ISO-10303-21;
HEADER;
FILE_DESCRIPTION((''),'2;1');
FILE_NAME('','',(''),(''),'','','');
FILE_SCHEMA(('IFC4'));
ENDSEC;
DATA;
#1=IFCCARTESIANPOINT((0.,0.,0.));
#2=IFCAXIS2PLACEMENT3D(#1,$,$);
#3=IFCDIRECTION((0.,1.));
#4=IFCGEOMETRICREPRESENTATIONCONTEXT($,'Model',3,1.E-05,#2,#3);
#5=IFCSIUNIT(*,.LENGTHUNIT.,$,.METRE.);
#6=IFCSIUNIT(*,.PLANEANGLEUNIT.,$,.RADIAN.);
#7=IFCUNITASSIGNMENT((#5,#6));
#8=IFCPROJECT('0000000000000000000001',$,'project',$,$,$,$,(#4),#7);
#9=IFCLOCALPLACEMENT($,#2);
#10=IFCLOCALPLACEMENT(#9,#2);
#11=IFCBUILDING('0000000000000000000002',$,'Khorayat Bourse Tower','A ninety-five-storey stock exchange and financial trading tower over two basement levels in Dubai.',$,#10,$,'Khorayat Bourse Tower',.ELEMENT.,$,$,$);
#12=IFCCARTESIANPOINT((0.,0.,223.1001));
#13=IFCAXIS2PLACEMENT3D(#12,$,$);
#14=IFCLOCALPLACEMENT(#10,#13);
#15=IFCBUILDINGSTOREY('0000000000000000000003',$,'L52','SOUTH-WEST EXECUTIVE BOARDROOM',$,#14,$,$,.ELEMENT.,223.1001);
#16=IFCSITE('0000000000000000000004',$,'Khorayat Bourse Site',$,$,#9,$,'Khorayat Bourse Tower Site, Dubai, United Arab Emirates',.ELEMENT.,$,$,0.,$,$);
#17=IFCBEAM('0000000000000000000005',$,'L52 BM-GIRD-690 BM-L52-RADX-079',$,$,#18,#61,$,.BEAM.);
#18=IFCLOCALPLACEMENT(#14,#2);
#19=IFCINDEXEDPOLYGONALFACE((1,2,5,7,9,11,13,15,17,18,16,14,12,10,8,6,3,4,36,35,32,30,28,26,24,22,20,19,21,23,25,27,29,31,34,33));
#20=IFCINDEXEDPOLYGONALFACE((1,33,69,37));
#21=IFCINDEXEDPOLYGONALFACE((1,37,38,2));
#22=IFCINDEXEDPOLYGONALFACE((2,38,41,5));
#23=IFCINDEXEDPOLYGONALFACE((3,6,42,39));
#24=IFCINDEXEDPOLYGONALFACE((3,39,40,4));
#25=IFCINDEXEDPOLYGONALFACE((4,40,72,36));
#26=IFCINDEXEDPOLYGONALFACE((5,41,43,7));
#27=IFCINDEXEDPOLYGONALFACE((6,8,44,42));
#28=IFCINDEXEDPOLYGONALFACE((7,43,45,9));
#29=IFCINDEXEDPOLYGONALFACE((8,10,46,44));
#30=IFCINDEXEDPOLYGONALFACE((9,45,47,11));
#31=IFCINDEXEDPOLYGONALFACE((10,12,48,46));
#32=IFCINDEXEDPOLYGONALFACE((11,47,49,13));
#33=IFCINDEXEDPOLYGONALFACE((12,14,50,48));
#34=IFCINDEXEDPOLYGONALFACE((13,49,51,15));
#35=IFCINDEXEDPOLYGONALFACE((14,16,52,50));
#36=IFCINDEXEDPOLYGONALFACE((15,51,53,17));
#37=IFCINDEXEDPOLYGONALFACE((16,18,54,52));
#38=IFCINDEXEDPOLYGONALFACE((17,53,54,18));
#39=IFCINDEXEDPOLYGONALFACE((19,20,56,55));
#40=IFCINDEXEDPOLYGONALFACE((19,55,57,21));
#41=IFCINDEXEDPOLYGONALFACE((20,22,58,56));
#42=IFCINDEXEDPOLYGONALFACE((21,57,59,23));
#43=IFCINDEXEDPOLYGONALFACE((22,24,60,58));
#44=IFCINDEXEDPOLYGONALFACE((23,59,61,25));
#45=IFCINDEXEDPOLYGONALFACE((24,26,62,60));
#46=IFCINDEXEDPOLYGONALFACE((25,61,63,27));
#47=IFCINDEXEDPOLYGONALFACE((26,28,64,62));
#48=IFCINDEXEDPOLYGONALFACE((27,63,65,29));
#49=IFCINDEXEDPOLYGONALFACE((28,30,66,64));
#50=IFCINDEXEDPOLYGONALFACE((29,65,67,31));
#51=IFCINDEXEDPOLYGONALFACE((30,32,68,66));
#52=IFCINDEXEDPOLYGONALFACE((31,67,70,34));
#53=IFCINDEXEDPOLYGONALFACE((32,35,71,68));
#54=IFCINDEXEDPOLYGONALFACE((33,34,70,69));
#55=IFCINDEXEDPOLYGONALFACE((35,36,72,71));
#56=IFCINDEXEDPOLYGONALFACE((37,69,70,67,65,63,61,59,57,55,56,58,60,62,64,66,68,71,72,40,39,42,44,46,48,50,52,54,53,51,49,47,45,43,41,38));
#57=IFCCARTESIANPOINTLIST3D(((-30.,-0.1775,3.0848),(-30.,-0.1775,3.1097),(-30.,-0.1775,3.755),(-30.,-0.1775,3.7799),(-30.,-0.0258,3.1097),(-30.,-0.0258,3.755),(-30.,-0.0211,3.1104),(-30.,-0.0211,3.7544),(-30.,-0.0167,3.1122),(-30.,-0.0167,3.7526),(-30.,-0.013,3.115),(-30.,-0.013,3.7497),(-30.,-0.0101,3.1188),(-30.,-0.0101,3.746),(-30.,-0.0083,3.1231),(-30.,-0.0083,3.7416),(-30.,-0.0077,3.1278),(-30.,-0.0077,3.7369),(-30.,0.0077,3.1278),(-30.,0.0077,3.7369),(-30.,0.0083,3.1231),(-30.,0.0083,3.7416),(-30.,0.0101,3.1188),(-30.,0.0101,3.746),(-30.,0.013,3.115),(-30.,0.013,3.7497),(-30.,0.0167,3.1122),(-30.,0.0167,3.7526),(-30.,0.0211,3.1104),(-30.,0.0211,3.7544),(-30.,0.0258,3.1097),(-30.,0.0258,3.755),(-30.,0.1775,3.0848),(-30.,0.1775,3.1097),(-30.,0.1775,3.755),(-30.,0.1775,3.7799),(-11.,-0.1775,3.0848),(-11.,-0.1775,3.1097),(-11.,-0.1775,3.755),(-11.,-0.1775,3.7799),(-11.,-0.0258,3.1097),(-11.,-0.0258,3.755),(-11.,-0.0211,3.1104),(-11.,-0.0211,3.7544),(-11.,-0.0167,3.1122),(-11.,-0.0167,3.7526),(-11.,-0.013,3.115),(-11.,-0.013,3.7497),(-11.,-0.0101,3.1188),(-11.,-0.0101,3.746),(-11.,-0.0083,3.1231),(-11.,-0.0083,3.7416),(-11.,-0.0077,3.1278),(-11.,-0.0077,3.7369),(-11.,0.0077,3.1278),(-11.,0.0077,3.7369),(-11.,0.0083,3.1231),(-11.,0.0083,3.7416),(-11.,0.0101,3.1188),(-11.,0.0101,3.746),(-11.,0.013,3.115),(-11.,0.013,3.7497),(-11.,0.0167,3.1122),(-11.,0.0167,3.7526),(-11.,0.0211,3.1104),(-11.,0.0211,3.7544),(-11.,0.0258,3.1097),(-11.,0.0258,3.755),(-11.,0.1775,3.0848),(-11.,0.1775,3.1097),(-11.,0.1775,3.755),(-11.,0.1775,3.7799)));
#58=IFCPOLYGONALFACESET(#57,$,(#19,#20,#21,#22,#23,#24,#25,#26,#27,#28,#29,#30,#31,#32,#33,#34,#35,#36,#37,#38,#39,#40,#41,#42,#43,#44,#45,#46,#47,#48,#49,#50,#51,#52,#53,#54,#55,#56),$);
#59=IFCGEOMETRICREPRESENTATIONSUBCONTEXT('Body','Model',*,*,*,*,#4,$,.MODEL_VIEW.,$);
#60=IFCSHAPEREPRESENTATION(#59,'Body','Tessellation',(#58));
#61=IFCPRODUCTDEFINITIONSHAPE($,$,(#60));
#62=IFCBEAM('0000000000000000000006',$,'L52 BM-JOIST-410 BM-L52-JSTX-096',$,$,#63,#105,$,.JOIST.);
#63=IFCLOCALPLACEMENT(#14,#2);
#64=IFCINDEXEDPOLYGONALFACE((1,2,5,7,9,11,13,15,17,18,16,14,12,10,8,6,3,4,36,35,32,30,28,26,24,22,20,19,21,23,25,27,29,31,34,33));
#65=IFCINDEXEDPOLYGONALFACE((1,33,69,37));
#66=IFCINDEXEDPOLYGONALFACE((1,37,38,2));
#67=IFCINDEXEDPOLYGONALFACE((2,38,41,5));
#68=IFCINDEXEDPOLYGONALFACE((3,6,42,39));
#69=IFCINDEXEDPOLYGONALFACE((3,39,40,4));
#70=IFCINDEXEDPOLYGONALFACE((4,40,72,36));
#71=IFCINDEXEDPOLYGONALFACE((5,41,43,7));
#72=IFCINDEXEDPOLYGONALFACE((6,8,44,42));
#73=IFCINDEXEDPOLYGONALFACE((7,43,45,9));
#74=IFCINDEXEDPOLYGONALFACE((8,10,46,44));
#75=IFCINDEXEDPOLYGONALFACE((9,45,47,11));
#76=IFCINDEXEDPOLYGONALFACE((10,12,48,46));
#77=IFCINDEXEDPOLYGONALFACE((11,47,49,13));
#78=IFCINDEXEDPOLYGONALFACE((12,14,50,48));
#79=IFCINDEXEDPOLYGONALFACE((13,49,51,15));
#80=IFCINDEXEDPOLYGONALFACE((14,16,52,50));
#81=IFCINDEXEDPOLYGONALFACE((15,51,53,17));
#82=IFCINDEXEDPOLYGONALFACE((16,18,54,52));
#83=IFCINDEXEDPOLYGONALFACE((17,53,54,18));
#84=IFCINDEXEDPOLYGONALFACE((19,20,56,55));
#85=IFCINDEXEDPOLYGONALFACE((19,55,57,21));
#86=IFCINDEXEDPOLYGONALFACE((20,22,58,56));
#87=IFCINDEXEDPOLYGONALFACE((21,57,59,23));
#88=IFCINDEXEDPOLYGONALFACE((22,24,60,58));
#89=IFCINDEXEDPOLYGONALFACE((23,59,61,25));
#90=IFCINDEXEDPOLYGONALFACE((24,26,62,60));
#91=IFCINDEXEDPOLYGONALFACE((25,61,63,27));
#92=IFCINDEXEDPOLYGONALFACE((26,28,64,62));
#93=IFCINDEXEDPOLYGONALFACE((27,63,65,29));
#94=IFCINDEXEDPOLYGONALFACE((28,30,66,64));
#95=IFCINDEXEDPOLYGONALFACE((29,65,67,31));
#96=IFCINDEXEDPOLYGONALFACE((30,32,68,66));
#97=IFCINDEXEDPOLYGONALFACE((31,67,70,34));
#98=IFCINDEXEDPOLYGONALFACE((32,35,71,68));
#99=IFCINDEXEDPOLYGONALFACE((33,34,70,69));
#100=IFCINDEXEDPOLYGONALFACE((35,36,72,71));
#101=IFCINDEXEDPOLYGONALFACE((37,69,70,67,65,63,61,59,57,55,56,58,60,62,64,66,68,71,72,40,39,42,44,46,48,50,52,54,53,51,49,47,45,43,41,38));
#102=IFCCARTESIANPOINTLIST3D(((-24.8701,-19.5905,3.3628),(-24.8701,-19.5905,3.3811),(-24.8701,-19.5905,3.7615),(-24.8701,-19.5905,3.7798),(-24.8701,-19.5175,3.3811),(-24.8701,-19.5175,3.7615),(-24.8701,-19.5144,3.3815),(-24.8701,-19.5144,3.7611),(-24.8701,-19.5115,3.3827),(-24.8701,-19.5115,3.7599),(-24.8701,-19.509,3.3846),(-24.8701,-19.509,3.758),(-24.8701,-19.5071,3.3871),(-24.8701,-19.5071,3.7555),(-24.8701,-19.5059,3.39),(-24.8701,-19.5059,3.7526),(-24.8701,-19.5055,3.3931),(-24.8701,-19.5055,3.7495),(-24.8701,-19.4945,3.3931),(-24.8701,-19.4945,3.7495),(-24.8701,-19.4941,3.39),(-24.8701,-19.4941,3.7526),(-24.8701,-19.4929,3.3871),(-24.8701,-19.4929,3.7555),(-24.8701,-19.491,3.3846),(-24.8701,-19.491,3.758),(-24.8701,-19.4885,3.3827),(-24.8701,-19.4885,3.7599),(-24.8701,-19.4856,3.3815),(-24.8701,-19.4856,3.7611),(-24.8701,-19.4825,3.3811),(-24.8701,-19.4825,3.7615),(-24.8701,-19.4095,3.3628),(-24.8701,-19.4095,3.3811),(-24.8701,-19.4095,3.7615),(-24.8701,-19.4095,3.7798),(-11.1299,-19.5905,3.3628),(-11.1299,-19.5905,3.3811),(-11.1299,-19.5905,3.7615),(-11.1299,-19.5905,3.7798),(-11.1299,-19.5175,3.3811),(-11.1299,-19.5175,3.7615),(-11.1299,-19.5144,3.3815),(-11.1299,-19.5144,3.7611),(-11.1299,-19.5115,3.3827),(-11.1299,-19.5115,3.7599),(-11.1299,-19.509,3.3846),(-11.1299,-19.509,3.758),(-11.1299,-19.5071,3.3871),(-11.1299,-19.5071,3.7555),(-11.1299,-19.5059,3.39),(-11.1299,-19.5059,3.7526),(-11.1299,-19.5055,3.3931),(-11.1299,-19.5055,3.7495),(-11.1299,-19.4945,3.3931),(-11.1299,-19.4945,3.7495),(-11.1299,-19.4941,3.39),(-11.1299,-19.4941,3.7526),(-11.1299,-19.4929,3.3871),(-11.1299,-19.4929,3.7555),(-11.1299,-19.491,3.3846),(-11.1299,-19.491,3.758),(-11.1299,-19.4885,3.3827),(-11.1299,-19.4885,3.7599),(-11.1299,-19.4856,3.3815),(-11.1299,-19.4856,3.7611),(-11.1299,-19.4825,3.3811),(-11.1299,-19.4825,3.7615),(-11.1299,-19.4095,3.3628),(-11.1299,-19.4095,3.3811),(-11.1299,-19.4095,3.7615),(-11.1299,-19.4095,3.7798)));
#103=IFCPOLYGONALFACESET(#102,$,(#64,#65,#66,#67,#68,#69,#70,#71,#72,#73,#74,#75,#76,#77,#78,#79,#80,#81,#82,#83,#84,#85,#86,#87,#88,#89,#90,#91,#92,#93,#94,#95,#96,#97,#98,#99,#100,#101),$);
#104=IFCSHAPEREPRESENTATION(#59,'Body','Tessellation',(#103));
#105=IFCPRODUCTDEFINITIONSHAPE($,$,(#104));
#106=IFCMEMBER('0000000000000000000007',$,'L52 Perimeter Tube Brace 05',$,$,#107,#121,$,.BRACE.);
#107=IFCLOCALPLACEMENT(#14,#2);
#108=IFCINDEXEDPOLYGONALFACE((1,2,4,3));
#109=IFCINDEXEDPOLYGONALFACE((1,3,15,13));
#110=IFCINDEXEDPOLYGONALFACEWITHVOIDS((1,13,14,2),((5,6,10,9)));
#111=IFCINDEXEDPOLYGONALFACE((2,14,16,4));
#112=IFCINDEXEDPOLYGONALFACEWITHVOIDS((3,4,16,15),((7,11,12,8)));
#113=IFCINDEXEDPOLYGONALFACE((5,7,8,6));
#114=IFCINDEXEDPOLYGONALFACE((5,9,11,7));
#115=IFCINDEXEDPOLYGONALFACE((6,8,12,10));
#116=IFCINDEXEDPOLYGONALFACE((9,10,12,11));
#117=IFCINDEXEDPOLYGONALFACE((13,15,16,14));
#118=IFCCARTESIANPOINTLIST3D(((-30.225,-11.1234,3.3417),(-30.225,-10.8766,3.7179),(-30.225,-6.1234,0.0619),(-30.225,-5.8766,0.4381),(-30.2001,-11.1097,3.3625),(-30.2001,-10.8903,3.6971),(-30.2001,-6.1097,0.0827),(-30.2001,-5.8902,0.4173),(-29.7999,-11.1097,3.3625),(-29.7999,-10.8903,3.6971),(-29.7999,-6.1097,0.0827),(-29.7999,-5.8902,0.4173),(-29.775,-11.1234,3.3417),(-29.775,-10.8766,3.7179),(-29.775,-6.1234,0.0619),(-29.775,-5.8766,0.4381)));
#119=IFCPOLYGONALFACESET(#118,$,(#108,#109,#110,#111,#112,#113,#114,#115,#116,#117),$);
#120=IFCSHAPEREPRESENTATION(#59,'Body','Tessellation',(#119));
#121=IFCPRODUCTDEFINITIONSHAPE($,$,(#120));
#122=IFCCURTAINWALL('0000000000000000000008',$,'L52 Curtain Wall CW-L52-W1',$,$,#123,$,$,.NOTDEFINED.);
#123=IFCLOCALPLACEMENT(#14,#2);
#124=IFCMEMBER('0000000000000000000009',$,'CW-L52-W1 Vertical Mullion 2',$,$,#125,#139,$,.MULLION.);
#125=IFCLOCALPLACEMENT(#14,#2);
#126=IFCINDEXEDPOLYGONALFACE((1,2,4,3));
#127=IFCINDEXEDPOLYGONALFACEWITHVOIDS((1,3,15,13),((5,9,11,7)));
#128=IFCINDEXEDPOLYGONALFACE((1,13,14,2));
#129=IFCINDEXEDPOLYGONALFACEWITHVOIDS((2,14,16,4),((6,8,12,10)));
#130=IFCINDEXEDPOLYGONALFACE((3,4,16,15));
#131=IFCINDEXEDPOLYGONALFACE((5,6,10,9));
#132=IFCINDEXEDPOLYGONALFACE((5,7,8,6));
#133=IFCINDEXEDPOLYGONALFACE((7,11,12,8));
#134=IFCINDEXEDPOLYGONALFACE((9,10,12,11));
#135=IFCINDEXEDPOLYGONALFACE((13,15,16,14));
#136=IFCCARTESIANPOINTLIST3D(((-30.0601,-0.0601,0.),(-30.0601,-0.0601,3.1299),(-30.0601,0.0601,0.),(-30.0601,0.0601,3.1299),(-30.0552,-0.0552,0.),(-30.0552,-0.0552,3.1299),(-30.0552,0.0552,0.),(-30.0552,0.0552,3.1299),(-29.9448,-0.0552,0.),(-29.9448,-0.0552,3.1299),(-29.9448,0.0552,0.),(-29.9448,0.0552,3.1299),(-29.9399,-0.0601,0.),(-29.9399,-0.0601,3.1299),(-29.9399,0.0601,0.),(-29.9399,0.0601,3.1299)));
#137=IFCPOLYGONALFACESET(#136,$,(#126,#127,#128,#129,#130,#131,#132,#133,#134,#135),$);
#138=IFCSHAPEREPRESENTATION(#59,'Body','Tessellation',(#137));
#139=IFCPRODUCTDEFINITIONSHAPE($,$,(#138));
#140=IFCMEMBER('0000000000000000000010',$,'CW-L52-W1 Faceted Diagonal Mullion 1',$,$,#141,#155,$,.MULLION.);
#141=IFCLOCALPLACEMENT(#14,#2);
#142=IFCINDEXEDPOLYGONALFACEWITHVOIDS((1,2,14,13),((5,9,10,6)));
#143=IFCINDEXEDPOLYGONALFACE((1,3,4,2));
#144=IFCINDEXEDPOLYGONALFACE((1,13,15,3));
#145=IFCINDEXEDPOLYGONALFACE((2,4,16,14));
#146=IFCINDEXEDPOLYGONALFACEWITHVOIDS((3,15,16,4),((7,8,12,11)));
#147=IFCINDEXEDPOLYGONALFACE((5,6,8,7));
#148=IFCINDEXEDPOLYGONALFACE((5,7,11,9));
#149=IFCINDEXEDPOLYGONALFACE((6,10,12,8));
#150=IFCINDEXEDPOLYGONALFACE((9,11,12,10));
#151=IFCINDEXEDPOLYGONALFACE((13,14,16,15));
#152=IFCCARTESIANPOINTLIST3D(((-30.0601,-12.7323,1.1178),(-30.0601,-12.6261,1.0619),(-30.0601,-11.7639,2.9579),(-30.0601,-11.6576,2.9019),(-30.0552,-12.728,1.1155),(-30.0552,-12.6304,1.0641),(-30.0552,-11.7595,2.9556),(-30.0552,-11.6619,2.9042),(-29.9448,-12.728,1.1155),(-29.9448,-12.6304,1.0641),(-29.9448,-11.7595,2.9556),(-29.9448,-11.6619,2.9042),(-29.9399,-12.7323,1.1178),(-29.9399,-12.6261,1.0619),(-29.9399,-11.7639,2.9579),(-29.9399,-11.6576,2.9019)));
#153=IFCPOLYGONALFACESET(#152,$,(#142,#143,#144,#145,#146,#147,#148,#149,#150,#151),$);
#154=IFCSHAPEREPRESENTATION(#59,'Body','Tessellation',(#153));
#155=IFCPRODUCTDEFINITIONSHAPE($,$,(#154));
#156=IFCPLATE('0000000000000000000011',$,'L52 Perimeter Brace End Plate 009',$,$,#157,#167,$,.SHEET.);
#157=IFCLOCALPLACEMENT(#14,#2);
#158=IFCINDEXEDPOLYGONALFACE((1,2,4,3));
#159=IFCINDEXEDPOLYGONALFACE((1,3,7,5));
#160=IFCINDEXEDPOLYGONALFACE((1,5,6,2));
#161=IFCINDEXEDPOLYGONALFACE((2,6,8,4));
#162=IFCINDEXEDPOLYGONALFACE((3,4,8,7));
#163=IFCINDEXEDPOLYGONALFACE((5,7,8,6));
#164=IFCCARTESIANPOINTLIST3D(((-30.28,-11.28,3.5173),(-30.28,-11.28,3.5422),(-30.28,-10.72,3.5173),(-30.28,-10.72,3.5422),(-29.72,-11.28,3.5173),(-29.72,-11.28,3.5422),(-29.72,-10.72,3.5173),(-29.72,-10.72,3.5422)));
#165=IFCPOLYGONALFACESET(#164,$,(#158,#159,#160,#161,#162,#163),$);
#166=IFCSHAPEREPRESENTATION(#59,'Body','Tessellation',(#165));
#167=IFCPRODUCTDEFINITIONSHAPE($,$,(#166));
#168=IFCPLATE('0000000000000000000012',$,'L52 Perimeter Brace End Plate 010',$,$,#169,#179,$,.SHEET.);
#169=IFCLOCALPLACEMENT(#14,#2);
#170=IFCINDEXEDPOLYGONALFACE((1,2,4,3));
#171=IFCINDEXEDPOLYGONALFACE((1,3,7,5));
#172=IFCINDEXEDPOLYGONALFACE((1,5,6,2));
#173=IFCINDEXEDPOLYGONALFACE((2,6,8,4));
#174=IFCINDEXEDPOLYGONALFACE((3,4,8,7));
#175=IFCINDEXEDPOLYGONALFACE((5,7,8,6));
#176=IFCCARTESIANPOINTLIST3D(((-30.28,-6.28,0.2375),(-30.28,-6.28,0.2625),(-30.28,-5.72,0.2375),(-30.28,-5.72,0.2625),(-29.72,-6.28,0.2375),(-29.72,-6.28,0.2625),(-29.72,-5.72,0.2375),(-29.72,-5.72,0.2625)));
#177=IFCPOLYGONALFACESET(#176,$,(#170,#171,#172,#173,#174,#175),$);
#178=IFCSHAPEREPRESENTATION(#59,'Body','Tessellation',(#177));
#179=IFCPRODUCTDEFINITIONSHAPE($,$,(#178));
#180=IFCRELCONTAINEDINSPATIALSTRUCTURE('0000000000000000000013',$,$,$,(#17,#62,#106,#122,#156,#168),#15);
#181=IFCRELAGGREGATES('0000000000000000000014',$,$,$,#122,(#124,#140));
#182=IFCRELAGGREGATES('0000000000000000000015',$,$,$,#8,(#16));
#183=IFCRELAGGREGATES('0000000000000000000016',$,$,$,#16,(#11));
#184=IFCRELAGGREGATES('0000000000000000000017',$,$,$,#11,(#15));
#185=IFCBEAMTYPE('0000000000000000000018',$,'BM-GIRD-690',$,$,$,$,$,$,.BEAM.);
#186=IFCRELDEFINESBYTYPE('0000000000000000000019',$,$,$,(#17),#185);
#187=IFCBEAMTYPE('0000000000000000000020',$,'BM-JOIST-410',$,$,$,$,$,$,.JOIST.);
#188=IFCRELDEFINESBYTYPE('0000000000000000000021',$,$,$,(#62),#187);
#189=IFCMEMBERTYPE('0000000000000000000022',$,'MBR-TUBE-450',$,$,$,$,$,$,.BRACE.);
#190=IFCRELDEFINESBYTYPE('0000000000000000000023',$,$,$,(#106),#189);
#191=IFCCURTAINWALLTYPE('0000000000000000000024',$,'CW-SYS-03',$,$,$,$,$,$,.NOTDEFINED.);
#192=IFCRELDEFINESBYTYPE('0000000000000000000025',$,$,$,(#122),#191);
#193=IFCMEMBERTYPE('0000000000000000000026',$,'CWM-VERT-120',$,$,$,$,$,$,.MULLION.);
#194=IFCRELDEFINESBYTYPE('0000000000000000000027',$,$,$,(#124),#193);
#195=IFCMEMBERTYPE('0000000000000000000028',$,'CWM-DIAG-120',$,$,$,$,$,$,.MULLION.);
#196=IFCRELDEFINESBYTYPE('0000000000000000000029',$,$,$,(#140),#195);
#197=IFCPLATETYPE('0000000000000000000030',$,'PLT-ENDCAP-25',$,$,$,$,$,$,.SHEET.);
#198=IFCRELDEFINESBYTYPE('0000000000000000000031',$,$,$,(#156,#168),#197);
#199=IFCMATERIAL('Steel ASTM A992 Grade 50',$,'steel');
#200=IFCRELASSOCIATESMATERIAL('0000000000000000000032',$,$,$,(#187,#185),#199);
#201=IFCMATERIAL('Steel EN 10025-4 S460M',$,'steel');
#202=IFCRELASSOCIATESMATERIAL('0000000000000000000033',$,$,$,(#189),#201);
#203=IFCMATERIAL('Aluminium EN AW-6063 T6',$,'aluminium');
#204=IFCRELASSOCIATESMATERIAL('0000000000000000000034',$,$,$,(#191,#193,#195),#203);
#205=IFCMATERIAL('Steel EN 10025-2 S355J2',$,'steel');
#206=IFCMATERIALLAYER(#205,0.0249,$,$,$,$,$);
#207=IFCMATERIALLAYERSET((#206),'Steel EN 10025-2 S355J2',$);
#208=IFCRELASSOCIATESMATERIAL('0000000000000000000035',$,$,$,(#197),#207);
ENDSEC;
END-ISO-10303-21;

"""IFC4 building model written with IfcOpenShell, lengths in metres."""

from ifc_helpers import new_model, si_unit, direction, frame, origin, origin_2d, place, context, subcontext, project, spatial, rectangle, hollow_rectangle, i_section, extrude, source, transform, mapped, material, layer, layer_set, material_profile, profile_set, type_object, element, aggregate, save


model = new_model("IFC4")

# Units and contexts
model_context = context("Model", 3, precision=1e-05, world=origin(), true_north=direction((0.0, 1.0)))
body_context = subcontext(model_context, "Body", "Model", "MODEL_VIEW")
ifc_project = project(units=[si_unit("LENGTHUNIT", "METRE"), si_unit("PLANEANGLEUNIT", "RADIAN")], contexts=[model_context])

# Site, building, storey
site_placement = place(None, origin())
site = spatial("IfcSite", under=ifc_project, at=site_placement, Name="Khorayat Bourse Site", LongName="Khorayat Bourse Tower Site, Dubai, United Arab Emirates", CompositionType="ELEMENT", RefElevation=0.0)
building_placement = place(site_placement, origin())
building = spatial("IfcBuilding", under=site, at=building_placement, Name="Khorayat Bourse Tower", Description="A ninety-five-storey stock exchange and financial trading tower over two basement levels in Dubai.", LongName="Khorayat Bourse Tower", CompositionType="ELEMENT")
storey_placement = place(building_placement, frame((0.0, 0.0, 223.1001)))
storey = spatial("IfcBuildingStorey", under=building, at=storey_placement, Name="L52", Description="SOUTH-WEST EXECUTIVE BOARDROOM", CompositionType="ELEMENT", Elevation=223.1001)

# Shared definitions
ifc_material_1 = material(Name="Steel EN 10025-4 S460M", Category="steel")

# Beams
ifc_material_2 = material(Name="Steel ASTM A992 Grade 50", Category="steel")
ifc_material_profile_1 = material_profile(ifc_material_2, i_section(OverallWidth=0.1809, OverallDepth=0.417, WebThickness=0.011, FlangeThickness=0.0183, FilletRadius=0.012, at=origin_2d()), Name="W410X85")
ifc_profile_set_1 = profile_set([ifc_material_profile_1], Name="Steel ASTM A992 Grade 50")
beam_type_1 = type_object("IfcBeamType", Name="BM-JOIST-410", PredefinedType="JOIST", material=ifc_profile_set_1)
ifc_material_profile_2 = material_profile(ifc_material_2, i_section(OverallWidth=0.355, OverallDepth=0.6951, WebThickness=0.0154, FlangeThickness=0.0249, FilletRadius=0.0181, at=origin_2d()), Name="W690X217")
ifc_profile_set_2 = profile_set([ifc_material_profile_2], Name="Steel ASTM A992 Grade 50")
beam_type_2 = type_object("IfcBeamType", Name="BM-GIRD-690", PredefinedType="BEAM", material=ifc_profile_set_2)
shared_shape_1 = source(origin(), body_context, "Body", "SweptSolid", [
    extrude(i_section(OverallWidth=0.355, OverallDepth=0.6951, WebThickness=0.0154, FlangeThickness=0.0249, FilletRadius=0.0181, at=origin_2d()), origin(), (0.0, 0.0, 1.0), 19.0),
])
for number, where, z_axis, x_axis, name in (
    (1, (-30.0, 0.0, 3.4324), (1.0, 0.0, 0.0), (0.0, 1.0, 0.0), "L52 BM-GIRD-690 BM-L52-RADX-079"),
):
    element("IfcBeam", number, at=place(storey_placement, frame(where, z_axis=z_axis, x_axis=x_axis)), inside=storey, type_object=beam_type_2, Name=name, PredefinedType="BEAM", context=body_context, shape_type="MappedRepresentation", body=[
        mapped(shared_shape_1, transform((0.0, 0.0, 0.0), scale=1.0)),
    ])
shared_shape_2 = source(origin(), body_context, "Body", "SweptSolid", [
    extrude(i_section(OverallWidth=0.1809, OverallDepth=0.417, WebThickness=0.011, FlangeThickness=0.0183, FilletRadius=0.012, at=origin_2d()), origin(), (0.0, 0.0, 1.0), 13.7402),
])
beam_1_placement = place(storey_placement, frame((-24.8701, -19.5, 3.5713), z_axis=(1.0, 0.0, 0.0), x_axis=(0.0, 1.0, 0.0)))
element("IfcBeam", 2, at=beam_1_placement, inside=storey, type_object=beam_type_1, Name="L52 BM-JOIST-410 BM-L52-JSTX-096", PredefinedType="JOIST", context=body_context, shape_type="MappedRepresentation", body=[
    mapped(shared_shape_2, transform((0.0, 0.0, 0.0), scale=1.0)),
])

# Member
ifc_material_profile_3 = material_profile(ifc_material_1, hollow_rectangle(XDim=0.45, YDim=0.45, WallThickness=0.0249, at=origin_2d()), Name="HSS 450x450x25")
ifc_profile_set_3 = profile_set([ifc_material_profile_3], Name="Steel EN 10025-4 S460M")
member_type_1 = type_object("IfcMemberType", Name="MBR-TUBE-450", PredefinedType="BRACE", material=ifc_profile_set_3)
shared_shape_3 = source(origin(), body_context, "Body", "SweptSolid", [
    extrude(hollow_rectangle(XDim=0.45, YDim=0.45, WallThickness=0.0249, at=origin_2d()), origin(), (0.0, 0.0, 1.0), 5.9797),
])
member_1_placement = place(storey_placement, frame((-30.0, -11.0, 3.5298), z_axis=(0.0, 0.83616, -0.548485), x_axis=(-1.0, 0.0, 0.0)))
element("IfcMember", 3, at=member_1_placement, inside=storey, type_object=member_type_1, Name="L52 Perimeter Tube Brace 05", PredefinedType="BRACE", context=body_context, shape_type="MappedRepresentation", body=[
    mapped(shared_shape_3, transform((0.0, 0.0, 0.0), scale=1.0)),
])

# Curtain wall, members
ifc_material_3 = material(Name="Aluminium EN AW-6063 T6", Category="aluminium")
curtain_wall_type = type_object("IfcCurtainWallType", Name="CW-SYS-03", PredefinedType="NOTDEFINED", material=ifc_material_3)
curtain_wall_placement = place(storey_placement, origin())
curtain_wall = element("IfcCurtainWall", 4, at=curtain_wall_placement, inside=storey, type_object=curtain_wall_type, Name="L52 Curtain Wall CW-L52-W1", PredefinedType="NOTDEFINED")
ifc_material_profile_4 = material_profile(ifc_material_3, hollow_rectangle(XDim=0.1201, YDim=0.1201, WallThickness=0.0049, at=origin_2d()), Name="ALU 120x120x5")
ifc_profile_set_4 = profile_set([ifc_material_profile_4], Name="Aluminium EN AW-6063 T6")
member_type_2 = type_object("IfcMemberType", Name="CWM-VERT-120", PredefinedType="MULLION", material=ifc_profile_set_4)
shared_shape_4 = source(origin(), body_context, "Body", "SweptSolid", [
    extrude(hollow_rectangle(XDim=0.1201, YDim=0.1201, WallThickness=0.0049, at=origin_2d()), origin(), (0.0, 0.0, 1.0), 3.1299),
])
member_2_placement = place(storey_placement, frame((-30.0, 0.0, 0.0), z_axis=(0.0, 0.0, 1.0), x_axis=(-1.0, 0.0, 0.0)))
member_2 = element("IfcMember", 5, at=member_2_placement, type_object=member_type_2, Name="CW-L52-W1 Vertical Mullion 2", PredefinedType="MULLION", context=body_context, shape_type="MappedRepresentation", body=[
    mapped(shared_shape_4, transform((0.0, 0.0, 0.0), scale=1.0)),
])
ifc_material_profile_5 = material_profile(ifc_material_3, hollow_rectangle(XDim=0.1201, YDim=0.1201, WallThickness=0.0049, at=origin_2d()), Name="ALU 120x120x5")
ifc_profile_set_5 = profile_set([ifc_material_profile_5], Name="Aluminium EN AW-6063 T6")
member_type_3 = type_object("IfcMemberType", Name="CWM-DIAG-120", PredefinedType="MULLION", material=ifc_profile_set_5)
shared_shape_5 = source(origin(), body_context, "Body", "SweptSolid", [
    extrude(hollow_rectangle(XDim=0.1201, YDim=0.1201, WallThickness=0.0049, at=origin_2d()), origin(), (0.0, 0.0, 1.0), 2.0793),
])
member_3_placement = place(storey_placement, frame((-30.0, -12.6792, 1.0898), z_axis=(0.0, 0.465761, 0.884911), x_axis=(-1.0, 0.0, 0.0)))
member_3 = element("IfcMember", 6, at=member_3_placement, type_object=member_type_3, Name="CW-L52-W1 Faceted Diagonal Mullion 1", PredefinedType="MULLION", context=body_context, shape_type="MappedRepresentation", body=[
    mapped(shared_shape_5, transform((0.0, 0.0, 0.0), scale=1.0)),
])

# Plates
ifc_material_4 = material(Name="Steel EN 10025-2 S355J2", Category="steel")
ifc_layer_1 = layer(ifc_material_4, 0.0249)
ifc_layer_set_1 = layer_set([ifc_layer_1], Name="Steel EN 10025-2 S355J2")
plate_type_1 = type_object("IfcPlateType", Name="PLT-ENDCAP-25", PredefinedType="SHEET", material=ifc_layer_set_1)
shared_shape_6 = source(origin(), body_context, "Body", "SweptSolid", [
    extrude(rectangle(XDim=0.5601, YDim=0.5601, at=origin_2d()), origin(), (0.0, 0.0, 1.0), 0.0249),
])
for number, where, z_axis, x_axis, name in (
    (7, (-30.0, -11.0, 3.5173), (0.0, 0.0, 1.0), (1.0, 0.0, 0.0), "L52 Perimeter Brace End Plate 009"),
    (8, (-30.0, -6.0, 0.2375), (0.0, 0.0, 1.0), (1.0, 0.0, 0.0), "L52 Perimeter Brace End Plate 010"),
):
    element("IfcPlate", number, at=place(storey_placement, frame(where, z_axis=z_axis, x_axis=x_axis)), inside=storey, type_object=plate_type_1, Name=name, PredefinedType="SHEET", context=body_context, shape_type="MappedRepresentation", body=[
        mapped(shared_shape_6, transform((0.0, 0.0, 0.0), scale=1.0)),
    ])

aggregate(curtain_wall, [member_2, member_3])

save(model, "model.ifc")
